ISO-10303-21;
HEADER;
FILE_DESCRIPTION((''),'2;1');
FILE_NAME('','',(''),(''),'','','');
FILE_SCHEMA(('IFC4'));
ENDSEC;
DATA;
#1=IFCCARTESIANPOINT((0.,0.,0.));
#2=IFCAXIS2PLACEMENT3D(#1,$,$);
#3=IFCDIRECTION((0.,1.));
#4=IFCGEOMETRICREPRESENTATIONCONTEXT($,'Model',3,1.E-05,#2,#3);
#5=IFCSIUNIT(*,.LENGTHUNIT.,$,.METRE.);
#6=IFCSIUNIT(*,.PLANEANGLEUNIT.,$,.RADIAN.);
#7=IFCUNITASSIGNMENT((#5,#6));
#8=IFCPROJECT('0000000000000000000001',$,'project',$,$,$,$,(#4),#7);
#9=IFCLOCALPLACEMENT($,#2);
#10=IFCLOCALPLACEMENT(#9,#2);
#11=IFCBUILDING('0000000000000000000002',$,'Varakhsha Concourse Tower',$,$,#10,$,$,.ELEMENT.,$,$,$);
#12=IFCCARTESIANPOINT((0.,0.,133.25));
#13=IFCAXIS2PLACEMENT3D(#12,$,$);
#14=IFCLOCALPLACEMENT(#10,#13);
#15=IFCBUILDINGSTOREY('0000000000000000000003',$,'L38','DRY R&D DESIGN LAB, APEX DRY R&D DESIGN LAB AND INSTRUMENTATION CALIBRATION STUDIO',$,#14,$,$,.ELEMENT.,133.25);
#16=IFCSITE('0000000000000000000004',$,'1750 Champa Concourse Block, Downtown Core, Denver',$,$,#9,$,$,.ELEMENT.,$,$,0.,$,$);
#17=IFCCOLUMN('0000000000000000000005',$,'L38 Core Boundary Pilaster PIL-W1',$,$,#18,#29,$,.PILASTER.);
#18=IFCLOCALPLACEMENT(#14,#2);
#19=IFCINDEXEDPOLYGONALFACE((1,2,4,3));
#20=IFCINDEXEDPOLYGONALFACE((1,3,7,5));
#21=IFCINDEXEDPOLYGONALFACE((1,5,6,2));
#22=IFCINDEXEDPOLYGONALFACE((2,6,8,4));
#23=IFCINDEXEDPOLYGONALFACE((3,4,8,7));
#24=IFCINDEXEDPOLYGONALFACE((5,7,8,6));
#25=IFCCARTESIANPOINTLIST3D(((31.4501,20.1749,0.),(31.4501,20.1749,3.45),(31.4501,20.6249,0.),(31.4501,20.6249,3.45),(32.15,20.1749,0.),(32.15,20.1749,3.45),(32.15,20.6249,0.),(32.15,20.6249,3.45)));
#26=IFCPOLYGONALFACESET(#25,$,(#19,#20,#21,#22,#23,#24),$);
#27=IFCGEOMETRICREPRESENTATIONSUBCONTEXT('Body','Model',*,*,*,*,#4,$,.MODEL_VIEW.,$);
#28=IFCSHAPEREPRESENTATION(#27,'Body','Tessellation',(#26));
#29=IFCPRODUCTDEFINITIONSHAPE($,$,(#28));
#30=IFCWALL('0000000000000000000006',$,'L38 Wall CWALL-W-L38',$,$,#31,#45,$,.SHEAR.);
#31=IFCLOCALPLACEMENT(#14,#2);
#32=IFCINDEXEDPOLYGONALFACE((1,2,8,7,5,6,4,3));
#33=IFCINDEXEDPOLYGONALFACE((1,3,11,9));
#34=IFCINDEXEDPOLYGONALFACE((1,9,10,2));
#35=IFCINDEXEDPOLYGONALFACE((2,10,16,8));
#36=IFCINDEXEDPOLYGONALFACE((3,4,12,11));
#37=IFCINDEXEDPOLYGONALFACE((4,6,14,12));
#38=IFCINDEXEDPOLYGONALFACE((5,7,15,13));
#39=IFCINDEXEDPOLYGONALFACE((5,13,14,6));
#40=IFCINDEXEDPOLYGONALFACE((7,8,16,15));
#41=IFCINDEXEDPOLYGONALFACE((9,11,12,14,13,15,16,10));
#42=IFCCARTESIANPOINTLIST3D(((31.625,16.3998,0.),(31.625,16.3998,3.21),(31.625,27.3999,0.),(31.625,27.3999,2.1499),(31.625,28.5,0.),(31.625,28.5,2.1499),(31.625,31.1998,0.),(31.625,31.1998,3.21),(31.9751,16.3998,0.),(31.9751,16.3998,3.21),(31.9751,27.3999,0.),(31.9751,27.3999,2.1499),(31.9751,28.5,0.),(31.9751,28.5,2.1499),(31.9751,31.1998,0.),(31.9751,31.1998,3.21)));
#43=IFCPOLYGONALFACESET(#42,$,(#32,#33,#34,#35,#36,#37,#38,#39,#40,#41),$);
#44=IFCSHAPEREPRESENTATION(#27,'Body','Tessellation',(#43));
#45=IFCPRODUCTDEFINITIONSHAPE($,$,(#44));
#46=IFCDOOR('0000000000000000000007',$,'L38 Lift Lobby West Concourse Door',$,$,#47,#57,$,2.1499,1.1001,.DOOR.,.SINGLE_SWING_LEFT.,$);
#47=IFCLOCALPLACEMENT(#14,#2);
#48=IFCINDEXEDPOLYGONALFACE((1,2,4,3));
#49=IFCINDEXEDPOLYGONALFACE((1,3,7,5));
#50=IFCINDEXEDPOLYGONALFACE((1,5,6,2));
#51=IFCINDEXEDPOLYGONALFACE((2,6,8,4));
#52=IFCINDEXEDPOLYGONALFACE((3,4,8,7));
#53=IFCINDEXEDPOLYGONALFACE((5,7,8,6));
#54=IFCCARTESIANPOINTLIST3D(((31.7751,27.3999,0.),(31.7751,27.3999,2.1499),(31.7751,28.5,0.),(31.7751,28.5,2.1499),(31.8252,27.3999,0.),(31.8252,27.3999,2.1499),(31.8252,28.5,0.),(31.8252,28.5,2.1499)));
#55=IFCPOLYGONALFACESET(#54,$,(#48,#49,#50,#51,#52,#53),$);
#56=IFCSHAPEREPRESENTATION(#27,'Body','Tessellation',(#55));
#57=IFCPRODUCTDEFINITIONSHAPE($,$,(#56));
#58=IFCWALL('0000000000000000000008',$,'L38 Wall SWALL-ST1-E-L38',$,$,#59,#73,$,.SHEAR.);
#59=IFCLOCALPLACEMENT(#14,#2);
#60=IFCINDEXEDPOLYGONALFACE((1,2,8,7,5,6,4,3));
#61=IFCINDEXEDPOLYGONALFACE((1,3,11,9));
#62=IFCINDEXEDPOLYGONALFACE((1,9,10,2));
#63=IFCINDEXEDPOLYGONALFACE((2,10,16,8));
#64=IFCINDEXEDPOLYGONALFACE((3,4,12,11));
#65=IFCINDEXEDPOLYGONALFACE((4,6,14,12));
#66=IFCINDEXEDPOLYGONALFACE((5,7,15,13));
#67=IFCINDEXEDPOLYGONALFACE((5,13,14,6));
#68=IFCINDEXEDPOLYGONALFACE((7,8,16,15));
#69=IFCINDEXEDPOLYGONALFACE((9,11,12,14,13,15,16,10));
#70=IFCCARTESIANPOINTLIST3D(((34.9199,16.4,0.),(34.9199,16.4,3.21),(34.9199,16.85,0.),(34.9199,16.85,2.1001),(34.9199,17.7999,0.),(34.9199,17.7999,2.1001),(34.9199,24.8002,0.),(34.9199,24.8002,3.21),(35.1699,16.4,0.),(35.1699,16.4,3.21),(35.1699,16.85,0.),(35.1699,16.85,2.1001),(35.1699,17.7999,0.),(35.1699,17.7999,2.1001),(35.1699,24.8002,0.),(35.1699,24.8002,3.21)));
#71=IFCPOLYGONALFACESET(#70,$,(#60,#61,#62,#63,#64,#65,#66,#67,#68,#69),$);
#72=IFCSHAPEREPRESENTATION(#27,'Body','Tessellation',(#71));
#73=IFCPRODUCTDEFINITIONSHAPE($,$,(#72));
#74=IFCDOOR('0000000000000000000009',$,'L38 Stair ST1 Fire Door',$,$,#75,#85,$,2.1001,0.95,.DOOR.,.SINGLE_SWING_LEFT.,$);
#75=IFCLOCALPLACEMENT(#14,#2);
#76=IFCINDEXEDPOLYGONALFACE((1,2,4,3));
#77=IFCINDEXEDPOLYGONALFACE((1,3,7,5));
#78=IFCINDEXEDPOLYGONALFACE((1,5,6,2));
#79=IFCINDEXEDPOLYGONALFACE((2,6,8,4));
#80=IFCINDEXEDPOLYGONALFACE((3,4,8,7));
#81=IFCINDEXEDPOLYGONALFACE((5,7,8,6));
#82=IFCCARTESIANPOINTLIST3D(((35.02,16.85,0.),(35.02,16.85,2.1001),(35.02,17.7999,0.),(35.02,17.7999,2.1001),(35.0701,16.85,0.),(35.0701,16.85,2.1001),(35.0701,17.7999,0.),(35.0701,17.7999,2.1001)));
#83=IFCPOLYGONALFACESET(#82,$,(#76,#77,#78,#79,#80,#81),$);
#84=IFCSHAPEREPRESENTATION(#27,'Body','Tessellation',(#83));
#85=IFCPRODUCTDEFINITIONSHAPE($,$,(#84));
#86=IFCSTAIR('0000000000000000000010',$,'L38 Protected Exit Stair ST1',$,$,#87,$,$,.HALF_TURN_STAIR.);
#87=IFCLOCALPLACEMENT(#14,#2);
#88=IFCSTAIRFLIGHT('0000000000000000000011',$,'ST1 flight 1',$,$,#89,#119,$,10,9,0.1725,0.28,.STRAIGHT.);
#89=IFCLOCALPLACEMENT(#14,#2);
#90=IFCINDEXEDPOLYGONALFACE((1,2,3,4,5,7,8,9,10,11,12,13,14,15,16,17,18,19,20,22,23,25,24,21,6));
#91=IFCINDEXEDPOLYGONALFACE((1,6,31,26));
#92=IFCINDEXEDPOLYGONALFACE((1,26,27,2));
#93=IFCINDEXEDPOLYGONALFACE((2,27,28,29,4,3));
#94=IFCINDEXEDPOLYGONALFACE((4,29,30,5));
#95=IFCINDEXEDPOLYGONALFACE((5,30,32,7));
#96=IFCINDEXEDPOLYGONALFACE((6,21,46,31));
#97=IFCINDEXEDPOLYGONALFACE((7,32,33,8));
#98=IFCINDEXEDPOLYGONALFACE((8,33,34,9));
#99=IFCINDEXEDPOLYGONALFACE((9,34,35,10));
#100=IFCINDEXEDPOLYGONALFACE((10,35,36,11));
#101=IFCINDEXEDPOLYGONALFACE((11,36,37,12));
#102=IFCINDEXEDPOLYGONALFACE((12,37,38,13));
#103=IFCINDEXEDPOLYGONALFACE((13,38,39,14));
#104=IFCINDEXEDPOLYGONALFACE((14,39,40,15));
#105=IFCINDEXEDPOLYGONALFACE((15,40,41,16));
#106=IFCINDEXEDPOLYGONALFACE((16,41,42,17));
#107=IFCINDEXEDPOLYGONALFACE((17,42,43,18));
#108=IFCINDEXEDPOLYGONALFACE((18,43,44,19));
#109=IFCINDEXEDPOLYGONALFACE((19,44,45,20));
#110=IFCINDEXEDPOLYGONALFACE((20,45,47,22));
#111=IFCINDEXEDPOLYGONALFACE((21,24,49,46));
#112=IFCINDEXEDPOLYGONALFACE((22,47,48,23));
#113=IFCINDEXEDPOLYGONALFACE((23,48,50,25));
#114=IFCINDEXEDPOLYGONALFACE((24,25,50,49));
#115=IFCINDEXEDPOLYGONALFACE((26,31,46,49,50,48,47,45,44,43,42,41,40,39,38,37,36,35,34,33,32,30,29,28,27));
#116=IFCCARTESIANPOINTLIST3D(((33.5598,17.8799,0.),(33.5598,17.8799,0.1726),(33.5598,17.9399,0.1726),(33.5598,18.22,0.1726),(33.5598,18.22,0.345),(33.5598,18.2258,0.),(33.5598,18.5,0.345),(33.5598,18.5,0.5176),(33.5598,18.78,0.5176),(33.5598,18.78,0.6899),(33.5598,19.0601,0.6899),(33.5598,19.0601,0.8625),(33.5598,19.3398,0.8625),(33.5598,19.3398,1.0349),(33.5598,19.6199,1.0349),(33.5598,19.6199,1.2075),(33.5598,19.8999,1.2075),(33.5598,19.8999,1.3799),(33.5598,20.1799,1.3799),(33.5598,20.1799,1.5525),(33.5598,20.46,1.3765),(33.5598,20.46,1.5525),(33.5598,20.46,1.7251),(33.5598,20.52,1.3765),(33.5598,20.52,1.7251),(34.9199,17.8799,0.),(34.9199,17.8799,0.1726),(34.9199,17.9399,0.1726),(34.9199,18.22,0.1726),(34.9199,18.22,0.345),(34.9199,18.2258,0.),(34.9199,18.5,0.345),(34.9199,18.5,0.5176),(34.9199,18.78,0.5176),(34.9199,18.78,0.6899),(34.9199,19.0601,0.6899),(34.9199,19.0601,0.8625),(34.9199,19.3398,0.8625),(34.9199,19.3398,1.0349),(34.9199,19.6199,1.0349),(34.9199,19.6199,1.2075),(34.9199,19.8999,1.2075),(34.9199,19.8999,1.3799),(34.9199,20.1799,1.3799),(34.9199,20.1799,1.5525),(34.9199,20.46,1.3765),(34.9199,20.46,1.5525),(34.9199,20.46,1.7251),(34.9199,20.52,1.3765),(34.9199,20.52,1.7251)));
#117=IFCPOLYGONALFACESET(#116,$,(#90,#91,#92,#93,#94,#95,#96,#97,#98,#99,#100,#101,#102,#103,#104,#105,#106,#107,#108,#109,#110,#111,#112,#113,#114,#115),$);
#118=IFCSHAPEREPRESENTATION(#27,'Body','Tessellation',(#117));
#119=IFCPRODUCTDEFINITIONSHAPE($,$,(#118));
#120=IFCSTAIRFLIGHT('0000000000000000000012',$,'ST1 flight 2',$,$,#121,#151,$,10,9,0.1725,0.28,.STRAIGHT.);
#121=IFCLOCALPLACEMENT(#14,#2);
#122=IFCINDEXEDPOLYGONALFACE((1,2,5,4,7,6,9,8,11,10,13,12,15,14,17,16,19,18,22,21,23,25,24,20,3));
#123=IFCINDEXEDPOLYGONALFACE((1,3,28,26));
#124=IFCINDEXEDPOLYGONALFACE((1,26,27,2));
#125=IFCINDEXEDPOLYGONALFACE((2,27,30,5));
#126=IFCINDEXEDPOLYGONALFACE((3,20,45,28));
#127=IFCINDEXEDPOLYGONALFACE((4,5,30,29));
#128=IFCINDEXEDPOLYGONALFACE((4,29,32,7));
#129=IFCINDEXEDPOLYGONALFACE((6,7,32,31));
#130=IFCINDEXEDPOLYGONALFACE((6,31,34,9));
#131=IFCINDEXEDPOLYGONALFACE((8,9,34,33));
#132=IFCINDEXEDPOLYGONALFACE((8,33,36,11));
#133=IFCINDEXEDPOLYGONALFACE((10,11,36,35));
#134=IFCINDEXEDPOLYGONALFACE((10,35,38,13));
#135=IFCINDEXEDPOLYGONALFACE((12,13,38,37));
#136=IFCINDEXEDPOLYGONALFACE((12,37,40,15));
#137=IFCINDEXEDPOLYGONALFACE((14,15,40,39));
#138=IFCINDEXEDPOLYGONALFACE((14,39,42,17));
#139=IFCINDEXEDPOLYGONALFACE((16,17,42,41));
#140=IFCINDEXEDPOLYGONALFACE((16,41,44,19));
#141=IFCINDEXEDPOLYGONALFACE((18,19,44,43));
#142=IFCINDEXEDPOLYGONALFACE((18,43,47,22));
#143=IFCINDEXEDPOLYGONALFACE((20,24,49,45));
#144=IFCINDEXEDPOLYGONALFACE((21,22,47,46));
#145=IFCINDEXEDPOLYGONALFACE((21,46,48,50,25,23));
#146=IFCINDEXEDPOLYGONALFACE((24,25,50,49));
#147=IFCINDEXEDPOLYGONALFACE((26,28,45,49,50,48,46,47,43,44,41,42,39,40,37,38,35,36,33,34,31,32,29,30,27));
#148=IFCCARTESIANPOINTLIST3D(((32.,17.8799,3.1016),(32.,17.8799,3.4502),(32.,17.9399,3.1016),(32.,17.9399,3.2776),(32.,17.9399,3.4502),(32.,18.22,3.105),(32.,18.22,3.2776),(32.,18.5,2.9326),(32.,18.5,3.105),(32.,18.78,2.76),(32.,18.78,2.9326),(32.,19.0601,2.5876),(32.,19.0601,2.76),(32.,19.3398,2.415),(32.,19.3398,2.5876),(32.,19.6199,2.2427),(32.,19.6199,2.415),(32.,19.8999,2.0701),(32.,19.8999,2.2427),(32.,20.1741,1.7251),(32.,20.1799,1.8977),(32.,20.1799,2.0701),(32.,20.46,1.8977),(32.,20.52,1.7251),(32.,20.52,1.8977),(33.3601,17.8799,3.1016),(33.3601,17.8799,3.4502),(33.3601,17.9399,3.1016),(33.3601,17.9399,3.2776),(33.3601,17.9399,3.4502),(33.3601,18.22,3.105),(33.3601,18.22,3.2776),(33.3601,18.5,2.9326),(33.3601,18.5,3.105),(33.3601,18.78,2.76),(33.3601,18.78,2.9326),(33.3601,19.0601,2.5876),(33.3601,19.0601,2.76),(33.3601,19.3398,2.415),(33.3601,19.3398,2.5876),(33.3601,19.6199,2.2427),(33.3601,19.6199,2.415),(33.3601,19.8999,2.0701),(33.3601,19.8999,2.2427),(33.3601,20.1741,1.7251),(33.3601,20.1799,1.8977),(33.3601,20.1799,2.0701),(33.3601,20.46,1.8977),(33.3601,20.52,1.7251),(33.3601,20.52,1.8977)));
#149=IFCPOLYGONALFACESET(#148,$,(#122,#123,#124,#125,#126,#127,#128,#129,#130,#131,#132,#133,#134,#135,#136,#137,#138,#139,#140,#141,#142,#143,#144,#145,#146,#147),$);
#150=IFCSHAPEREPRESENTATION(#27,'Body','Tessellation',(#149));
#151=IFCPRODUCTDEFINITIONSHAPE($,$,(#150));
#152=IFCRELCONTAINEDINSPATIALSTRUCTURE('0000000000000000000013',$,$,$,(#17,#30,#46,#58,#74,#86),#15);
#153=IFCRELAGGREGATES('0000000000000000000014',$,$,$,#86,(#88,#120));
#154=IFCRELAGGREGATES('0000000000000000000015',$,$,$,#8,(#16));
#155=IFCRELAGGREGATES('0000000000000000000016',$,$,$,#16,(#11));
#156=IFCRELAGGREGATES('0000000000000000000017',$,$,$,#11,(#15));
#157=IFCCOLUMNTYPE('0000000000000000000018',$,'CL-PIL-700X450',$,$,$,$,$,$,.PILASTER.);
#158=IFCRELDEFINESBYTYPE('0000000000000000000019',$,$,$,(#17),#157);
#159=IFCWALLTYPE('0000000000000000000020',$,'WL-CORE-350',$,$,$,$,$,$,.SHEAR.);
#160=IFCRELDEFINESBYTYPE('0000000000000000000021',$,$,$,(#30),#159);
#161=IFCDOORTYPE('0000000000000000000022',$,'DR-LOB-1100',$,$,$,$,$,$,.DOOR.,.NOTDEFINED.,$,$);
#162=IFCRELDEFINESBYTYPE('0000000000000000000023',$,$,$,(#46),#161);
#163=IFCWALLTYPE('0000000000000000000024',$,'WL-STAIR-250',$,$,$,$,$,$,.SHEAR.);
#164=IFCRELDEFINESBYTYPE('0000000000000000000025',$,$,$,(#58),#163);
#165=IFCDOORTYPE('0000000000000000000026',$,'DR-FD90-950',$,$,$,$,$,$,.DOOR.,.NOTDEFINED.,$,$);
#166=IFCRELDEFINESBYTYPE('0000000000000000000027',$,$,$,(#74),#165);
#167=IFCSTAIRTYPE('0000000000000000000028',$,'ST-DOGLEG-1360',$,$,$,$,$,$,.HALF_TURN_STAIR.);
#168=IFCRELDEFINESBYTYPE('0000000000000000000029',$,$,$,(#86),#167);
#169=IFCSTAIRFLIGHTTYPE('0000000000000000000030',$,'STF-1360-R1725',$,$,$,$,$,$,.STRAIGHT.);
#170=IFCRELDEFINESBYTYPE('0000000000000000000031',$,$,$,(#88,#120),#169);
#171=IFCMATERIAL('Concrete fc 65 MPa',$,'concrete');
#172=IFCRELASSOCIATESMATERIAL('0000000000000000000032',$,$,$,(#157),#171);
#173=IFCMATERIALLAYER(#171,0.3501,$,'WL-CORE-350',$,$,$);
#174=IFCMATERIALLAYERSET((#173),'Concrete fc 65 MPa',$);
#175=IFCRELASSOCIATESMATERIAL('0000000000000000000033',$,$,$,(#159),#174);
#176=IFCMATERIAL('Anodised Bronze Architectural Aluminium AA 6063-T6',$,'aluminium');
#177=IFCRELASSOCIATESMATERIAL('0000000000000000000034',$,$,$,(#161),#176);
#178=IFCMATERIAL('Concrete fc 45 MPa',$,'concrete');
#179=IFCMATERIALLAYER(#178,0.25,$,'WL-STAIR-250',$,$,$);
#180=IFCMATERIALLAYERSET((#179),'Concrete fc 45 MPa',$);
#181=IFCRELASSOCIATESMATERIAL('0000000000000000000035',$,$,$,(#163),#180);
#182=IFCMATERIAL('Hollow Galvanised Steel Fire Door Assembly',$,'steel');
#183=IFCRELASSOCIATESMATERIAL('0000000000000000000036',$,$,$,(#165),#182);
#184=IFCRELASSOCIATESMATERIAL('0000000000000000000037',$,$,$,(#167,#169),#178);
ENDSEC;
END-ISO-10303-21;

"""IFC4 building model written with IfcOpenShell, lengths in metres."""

from ifc_helpers import new_model, si_unit, direction, frame, frame_2d, origin, origin_2d, place, context, subcontext, project, spatial, polyline, rectangle, outline, extrude, material, layer, layer_set, material_profile, profile_set, type_object, element, fill, aggregate, save


model = new_model("IFC4")

# Units and contexts
model_context = context("Model", 3, precision=1e-05, world=origin(), true_north=direction((0.0, 1.0)))
body_context = subcontext(model_context, "Body", "Model", "MODEL_VIEW")
ifc_project = project(units=[si_unit("LENGTHUNIT", "METRE"), si_unit("PLANEANGLEUNIT", "RADIAN")], contexts=[model_context])

# Site, building, storey
site_placement = place(None, origin())
site = spatial("IfcSite", under=ifc_project, at=site_placement, Name="1750 Champa Concourse Block, Downtown Core, Denver", CompositionType="ELEMENT", RefElevation=0.0)
building_placement = place(site_placement, origin())
building = spatial("IfcBuilding", under=site, at=building_placement, Name="Varakhsha Concourse Tower", CompositionType="ELEMENT")
storey_placement = place(building_placement, frame((0.0, 0.0, 133.25)))
storey = spatial("IfcBuildingStorey", under=building, at=storey_placement, Name="L38", Description="DRY R&D DESIGN LAB, APEX DRY R&D DESIGN LAB AND INSTRUMENTATION CALIBRATION STUDIO", CompositionType="ELEMENT", Elevation=133.25)

# Column
ifc_material_1 = material(Name="Concrete fc 65 MPa", Category="concrete")
ifc_material_profile = material_profile(ifc_material_1, rectangle(XDim=0.7, YDim=0.45, at=origin_2d()), Name="RC 700x450")
ifc_profile_set = profile_set([ifc_material_profile], Name="Concrete fc 65 MPa")
column_type = type_object("IfcColumnType", Name="CL-PIL-700X450", PredefinedType="PILASTER", material=ifc_profile_set)
column_placement = place(storey_placement, frame((31.8, 20.3999, 0.0), z_axis=(0.0, 0.0, 1.0), x_axis=(1.0, 0.0, 0.0)))
element("IfcColumn", 1, at=column_placement, inside=storey, type_object=column_type, Name="L38 Core Boundary Pilaster PIL-W1", PredefinedType="PILASTER", context=body_context, shape_type="SweptSolid", body=[
    extrude(rectangle(XDim=0.7, YDim=0.45, at=origin_2d()), origin(), (0.0, 0.0, 1.0), 3.45),
])

# Walls, openings, doors
ifc_layer_1 = layer(ifc_material_1, 0.3501, Name="WL-CORE-350")
ifc_layer_set_1 = layer_set([ifc_layer_1], Name="Concrete fc 65 MPa")
wall_type_1 = type_object("IfcWallType", Name="WL-CORE-350", PredefinedType="SHEAR", material=ifc_layer_set_1)
wall_1_placement = place(storey_placement, frame((31.8, 16.3999, 0.0), z_axis=(0.0, 0.0, 1.0), x_axis=(0.0, 1.0, 0.0)))
wall_1 = element("IfcWall", 2, at=wall_1_placement, inside=storey, type_object=wall_type_1, Name="L38 Wall CWALL-W-L38", PredefinedType="SHEAR", context=body_context, shape_type="SweptSolid", body=[
    extrude(rectangle(XDim=14.8, YDim=0.3501, at=frame_2d((7.3999, 0.0))), origin(), (0.0, 0.0, 1.0), 3.21),
])
opening_1_placement = place(wall_1_placement, frame((11.0, 0.0, 0.0)))
opening_1 = element("IfcOpeningElement", 3, at=opening_1_placement, cuts=wall_1, PredefinedType="OPENING", context=body_context, shape_type="SweptSolid", body=[
    extrude(rectangle(XDim=1.1001, YDim=2.1499, at=frame_2d((0.55, 1.075))), frame((0.0, 0.1851, 0.0), z_axis=(0.0, -1.0, 0.0), x_axis=(1.0, 0.0, 0.0)), (0.0, 0.0, 1.0), 0.3701),
])
ifc_material_2 = material(Name="Anodised Bronze Architectural Aluminium AA 6063-T6", Category="aluminium")
door_type_1 = type_object("IfcDoorType", Name="DR-LOB-1100", OperationType="NOTDEFINED", PredefinedType="DOOR", material=ifc_material_2)
door_1_placement = place(opening_1_placement, origin())
door_1 = element("IfcDoor", 4, at=door_1_placement, inside=storey, type_object=door_type_1, Name="L38 Lift Lobby West Concourse Door", OperationType="SINGLE_SWING_LEFT", OverallHeight=2.1499, OverallWidth=1.1001, PredefinedType="DOOR", context=body_context, shape_type="SweptSolid", body=[
    extrude(rectangle(XDim=1.1001, YDim=2.1499, at=frame_2d((0.55, 1.075))), frame((0.0, 0.0249, 0.0), z_axis=(0.0, -1.0, 0.0), x_axis=(1.0, 0.0, 0.0)), (0.0, 0.0, 1.0), 0.05),
])
fill(opening_1, door_1)
ifc_material_3 = material(Name="Concrete fc 45 MPa", Category="concrete")
ifc_layer_2 = layer(ifc_material_3, 0.25, Name="WL-STAIR-250")
ifc_layer_set_2 = layer_set([ifc_layer_2], Name="Concrete fc 45 MPa")
wall_type_2 = type_object("IfcWallType", Name="WL-STAIR-250", PredefinedType="SHEAR", material=ifc_layer_set_2)
wall_2_placement = place(storey_placement, frame((35.0449, 16.3999, 0.0), z_axis=(0.0, 0.0, 1.0), x_axis=(0.0, 1.0, 0.0)))
wall_2 = element("IfcWall", 5, at=wall_2_placement, inside=storey, type_object=wall_type_2, Name="L38 Wall SWALL-ST1-E-L38", PredefinedType="SHEAR", context=body_context, shape_type="SweptSolid", body=[
    extrude(rectangle(XDim=8.4001, YDim=0.25, at=frame_2d((4.2002, 0.0))), origin(), (0.0, 0.0, 1.0), 3.21),
])
opening_2_placement = place(wall_2_placement, frame((0.45, 0.0, 0.0)))
opening_2 = element("IfcOpeningElement", 6, at=opening_2_placement, cuts=wall_2, PredefinedType="OPENING", context=body_context, shape_type="SweptSolid", body=[
    extrude(rectangle(XDim=0.95, YDim=2.1001, at=frame_2d((0.4751, 1.05))), frame((0.0, 0.135, 0.0), z_axis=(0.0, -1.0, 0.0), x_axis=(1.0, 0.0, 0.0)), (0.0, 0.0, 1.0), 0.27),
])
ifc_material_4 = material(Name="Hollow Galvanised Steel Fire Door Assembly", Category="steel")
door_type_2 = type_object("IfcDoorType", Name="DR-FD90-950", OperationType="NOTDEFINED", PredefinedType="DOOR", material=ifc_material_4)
door_2_placement = place(opening_2_placement, origin())
door_2 = element("IfcDoor", 7, at=door_2_placement, inside=storey, type_object=door_type_2, Name="L38 Stair ST1 Fire Door", OperationType="SINGLE_SWING_LEFT", OverallHeight=2.1001, OverallWidth=0.95, PredefinedType="DOOR", context=body_context, shape_type="SweptSolid", body=[
    extrude(rectangle(XDim=0.95, YDim=2.1001, at=frame_2d((0.4751, 1.05))), frame((0.0, 0.0249, 0.0), z_axis=(0.0, -1.0, 0.0), x_axis=(1.0, 0.0, 0.0)), (0.0, 0.0, 1.0), 0.05),
])
fill(opening_2, door_2)

# Stair, stair flights
stair_type = type_object("IfcStairType", Name="ST-DOGLEG-1360", PredefinedType="HALF_TURN_STAIR", material=ifc_material_3)
stair_placement = place(storey_placement, origin())
stair = element("IfcStair", 8, at=stair_placement, inside=storey, type_object=stair_type, Name="L38 Protected Exit Stair ST1", PredefinedType="HALF_TURN_STAIR")
stair_flight_type = type_object("IfcStairFlightType", Name="STF-1360-R1725", PredefinedType="STRAIGHT", material=ifc_material_3)
stair_flight_1_placement = place(storey_placement, frame((34.24, 17.9399, 0.0), z_axis=(0.0, 0.0, 1.0), x_axis=(0.0, 1.0, 0.0)))
stair_flight_1 = element("IfcStairFlight", 9, at=stair_flight_1_placement, type_object=stair_flight_type, Name="ST1 flight 1", NumberOfRisers=10, NumberOfTreads=9, PredefinedType="STRAIGHT", RiserHeight=0.1725, TreadLength=0.28, context=body_context, shape_type="SweptSolid", body=[
    extrude(outline(polyline([(-0.0601, 0.0), (-0.0601, 0.1726), (0.0, 0.1726), (0.28, 0.1726), (0.28, 0.345), (0.5601, 0.345), (0.5601, 0.5176), (0.8401, 0.5176), (0.8401, 0.6899), (1.1201, 0.6899), (1.1201, 0.8625), (1.3999, 0.8625), (1.3999, 1.0349), (1.6799, 1.0349), (1.6799, 1.2075), (1.96, 1.2075), (1.96, 1.3799), (2.24, 1.3799), (2.24, 1.5525), (2.52, 1.5525), (2.52, 1.7251), (2.5801, 1.7251), (2.5801, 1.3765), (2.52, 1.3765), (0.2859, 0.0), (-0.0601, 0.0)])), frame((0.0, 0.6802, 0.0), z_axis=(0.0, -1.0, 0.0), x_axis=(1.0, 0.0, 0.0)), (0.0, 0.0, 1.0), 1.3601),
])
stair_flight_2_placement = place(storey_placement, frame((32.6799, 20.46, 1.7251), z_axis=(0.0, 0.0, 1.0), x_axis=(0.0, -1.0, 0.0)))
stair_flight_2 = element("IfcStairFlight", 10, at=stair_flight_2_placement, type_object=stair_flight_type, Name="ST1 flight 2", NumberOfRisers=10, NumberOfTreads=9, PredefinedType="STRAIGHT", RiserHeight=0.1725, TreadLength=0.28, context=body_context, shape_type="SweptSolid", body=[
    extrude(outline(polyline([(-0.0601, 0.0), (-0.0601, 0.1726), (0.0, 0.1726), (0.28, 0.1726), (0.28, 0.345), (0.5601, 0.345), (0.5601, 0.5176), (0.8401, 0.5176), (0.8401, 0.6899), (1.1201, 0.6899), (1.1201, 0.8625), (1.3999, 0.8625), (1.3999, 1.0349), (1.6799, 1.0349), (1.6799, 1.2075), (1.96, 1.2075), (1.96, 1.3799), (2.24, 1.3799), (2.24, 1.5525), (2.52, 1.5525), (2.52, 1.7251), (2.5801, 1.7251), (2.5801, 1.3765), (2.52, 1.3765), (0.2859, 0.0), (-0.0601, 0.0)])), frame((0.0, 0.6802, 0.0), z_axis=(0.0, -1.0, 0.0), x_axis=(1.0, 0.0, 0.0)), (0.0, 0.0, 1.0), 1.3601),
])
aggregate(stair, [stair_flight_1, stair_flight_2])

save(model, "model.ifc")
